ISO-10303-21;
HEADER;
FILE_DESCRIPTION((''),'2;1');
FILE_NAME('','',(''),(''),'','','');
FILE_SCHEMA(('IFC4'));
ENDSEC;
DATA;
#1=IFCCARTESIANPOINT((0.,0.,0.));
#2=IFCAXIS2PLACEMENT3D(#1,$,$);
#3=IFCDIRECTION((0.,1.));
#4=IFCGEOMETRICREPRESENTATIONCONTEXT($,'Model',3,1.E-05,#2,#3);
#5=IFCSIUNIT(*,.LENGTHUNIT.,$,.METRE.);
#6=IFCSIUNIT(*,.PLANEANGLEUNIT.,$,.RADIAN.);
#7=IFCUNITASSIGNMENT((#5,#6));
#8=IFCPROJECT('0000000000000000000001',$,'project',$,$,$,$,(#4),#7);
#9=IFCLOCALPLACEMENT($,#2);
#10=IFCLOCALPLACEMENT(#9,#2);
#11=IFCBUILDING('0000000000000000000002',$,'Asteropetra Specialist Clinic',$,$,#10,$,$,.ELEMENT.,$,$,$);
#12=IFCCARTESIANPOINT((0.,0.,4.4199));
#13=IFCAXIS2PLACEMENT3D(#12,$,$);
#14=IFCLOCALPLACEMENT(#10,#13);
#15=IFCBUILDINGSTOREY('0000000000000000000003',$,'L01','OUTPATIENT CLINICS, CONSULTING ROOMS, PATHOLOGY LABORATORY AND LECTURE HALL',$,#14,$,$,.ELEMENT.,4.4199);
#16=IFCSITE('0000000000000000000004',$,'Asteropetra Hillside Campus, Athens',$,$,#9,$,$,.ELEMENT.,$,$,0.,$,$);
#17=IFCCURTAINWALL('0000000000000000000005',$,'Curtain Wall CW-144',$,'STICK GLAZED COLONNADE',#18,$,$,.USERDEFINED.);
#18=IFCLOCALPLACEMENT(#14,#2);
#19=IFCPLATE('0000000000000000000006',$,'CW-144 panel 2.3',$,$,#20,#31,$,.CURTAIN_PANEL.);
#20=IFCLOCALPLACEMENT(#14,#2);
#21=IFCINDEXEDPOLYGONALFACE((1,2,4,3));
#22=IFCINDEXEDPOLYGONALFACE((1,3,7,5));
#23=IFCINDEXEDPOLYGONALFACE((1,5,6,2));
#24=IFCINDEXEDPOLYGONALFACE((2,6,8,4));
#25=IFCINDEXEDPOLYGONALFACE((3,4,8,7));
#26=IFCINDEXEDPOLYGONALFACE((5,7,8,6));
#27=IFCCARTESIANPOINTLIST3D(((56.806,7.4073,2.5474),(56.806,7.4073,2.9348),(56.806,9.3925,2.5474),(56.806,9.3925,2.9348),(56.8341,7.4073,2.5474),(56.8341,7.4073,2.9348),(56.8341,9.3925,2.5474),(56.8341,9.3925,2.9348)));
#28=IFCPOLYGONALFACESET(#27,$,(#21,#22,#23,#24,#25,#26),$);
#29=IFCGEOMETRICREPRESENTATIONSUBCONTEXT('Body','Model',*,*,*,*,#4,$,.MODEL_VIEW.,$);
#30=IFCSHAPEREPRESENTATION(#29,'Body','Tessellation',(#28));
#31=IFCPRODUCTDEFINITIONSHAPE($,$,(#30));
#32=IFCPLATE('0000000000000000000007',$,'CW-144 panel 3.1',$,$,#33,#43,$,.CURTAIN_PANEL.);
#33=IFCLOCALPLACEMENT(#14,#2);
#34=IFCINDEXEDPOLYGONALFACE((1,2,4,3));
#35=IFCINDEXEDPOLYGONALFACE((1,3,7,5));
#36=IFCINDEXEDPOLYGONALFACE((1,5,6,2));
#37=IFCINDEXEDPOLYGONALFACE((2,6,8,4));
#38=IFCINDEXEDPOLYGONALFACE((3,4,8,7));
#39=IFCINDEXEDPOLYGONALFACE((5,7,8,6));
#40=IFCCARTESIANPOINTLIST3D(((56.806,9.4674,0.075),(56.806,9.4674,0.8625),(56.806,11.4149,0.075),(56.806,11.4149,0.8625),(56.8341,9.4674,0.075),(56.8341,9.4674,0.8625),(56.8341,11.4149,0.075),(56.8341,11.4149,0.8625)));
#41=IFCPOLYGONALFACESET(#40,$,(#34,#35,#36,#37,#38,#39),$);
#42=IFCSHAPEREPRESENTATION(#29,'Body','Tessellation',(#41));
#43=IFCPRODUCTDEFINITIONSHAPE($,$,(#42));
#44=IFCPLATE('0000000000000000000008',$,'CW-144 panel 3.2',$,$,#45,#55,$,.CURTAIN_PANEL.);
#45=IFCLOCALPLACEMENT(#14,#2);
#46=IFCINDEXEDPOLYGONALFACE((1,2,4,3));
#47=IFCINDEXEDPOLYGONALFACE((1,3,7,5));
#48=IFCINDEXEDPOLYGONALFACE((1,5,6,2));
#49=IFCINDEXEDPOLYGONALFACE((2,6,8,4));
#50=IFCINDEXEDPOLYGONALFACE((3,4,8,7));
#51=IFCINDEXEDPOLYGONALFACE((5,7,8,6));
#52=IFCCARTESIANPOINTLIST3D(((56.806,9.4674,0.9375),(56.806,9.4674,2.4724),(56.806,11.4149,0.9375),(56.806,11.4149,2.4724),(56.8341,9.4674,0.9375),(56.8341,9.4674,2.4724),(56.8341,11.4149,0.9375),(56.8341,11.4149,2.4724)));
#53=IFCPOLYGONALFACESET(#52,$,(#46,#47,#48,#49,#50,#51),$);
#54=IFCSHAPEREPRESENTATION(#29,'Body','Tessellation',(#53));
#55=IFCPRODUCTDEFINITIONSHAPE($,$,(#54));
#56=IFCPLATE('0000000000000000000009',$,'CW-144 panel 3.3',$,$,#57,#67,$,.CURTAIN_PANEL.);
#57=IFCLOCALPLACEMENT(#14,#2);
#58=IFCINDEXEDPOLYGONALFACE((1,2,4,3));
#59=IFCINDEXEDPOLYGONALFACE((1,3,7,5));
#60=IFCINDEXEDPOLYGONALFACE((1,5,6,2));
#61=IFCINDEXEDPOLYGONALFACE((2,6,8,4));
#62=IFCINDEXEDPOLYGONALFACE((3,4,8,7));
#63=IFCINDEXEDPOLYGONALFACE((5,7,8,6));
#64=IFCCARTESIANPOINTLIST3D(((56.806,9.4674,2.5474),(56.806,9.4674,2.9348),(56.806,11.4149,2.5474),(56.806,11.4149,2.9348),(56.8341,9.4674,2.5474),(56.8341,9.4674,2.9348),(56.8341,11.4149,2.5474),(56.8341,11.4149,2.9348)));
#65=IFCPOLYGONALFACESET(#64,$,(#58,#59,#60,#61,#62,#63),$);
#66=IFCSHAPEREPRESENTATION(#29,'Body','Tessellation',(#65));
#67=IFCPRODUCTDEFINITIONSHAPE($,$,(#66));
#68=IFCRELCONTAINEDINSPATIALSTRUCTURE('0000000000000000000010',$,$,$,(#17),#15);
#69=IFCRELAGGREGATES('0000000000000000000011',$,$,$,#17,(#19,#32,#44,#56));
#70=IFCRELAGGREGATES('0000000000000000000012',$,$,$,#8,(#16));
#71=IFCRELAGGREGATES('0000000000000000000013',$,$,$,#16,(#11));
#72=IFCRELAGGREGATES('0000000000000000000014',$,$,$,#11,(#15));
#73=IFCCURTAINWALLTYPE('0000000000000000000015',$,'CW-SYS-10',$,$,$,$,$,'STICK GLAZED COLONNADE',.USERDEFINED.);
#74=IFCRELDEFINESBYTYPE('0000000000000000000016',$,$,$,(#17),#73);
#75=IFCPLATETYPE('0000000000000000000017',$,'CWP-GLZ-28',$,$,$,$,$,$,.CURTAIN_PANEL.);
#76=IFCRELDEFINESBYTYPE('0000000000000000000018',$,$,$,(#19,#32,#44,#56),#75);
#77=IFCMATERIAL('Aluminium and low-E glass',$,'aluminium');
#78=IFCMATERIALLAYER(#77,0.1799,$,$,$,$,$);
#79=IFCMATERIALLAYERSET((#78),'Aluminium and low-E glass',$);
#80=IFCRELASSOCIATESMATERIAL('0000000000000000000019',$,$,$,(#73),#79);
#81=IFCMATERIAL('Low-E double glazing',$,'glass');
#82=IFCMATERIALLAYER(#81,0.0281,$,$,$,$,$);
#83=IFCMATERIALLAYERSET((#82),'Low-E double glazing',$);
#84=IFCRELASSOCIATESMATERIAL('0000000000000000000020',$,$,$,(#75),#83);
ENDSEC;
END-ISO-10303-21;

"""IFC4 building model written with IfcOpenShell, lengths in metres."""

from ifc_helpers import new_model, si_unit, direction, frame, origin, origin_2d, place, context, subcontext, project, spatial, rectangle, extrude, material, layer, layer_set, type_object, element, aggregate, save


model = new_model("IFC4")

# Units and contexts
model_context = context("Model", 3, precision=1e-05, world=origin(), true_north=direction((0.0, 1.0)))
body_context = subcontext(model_context, "Body", "Model", "MODEL_VIEW")
ifc_project = project(units=[si_unit("LENGTHUNIT", "METRE"), si_unit("PLANEANGLEUNIT", "RADIAN")], contexts=[model_context])

# Site, building, storey
site_placement = place(None, origin())
site = spatial("IfcSite", under=ifc_project, at=site_placement, Name="Asteropetra Hillside Campus, Athens", CompositionType="ELEMENT", RefElevation=0.0)
building_placement = place(site_placement, origin())
building = spatial("IfcBuilding", under=site, at=building_placement, Name="Asteropetra Specialist Clinic", CompositionType="ELEMENT")
storey_placement = place(building_placement, frame((0.0, 0.0, 4.4199)))
storey = spatial("IfcBuildingStorey", under=building, at=storey_placement, Name="L01", Description="OUTPATIENT CLINICS, CONSULTING ROOMS, PATHOLOGY LABORATORY AND LECTURE HALL", CompositionType="ELEMENT", Elevation=4.4199)

# Shared definitions
ifc_material_1 = material(Name="Aluminium and low-E glass", Category="aluminium")
ifc_layer_1 = layer(ifc_material_1, 0.1799)
ifc_layer_set_1 = layer_set([ifc_layer_1], Name="Aluminium and low-E glass")
curtain_wall_type = type_object("IfcCurtainWallType", Name="CW-SYS-10", ElementType="STICK GLAZED COLONNADE", PredefinedType="USERDEFINED", material=ifc_layer_set_1)

# Curtain wall
curtain_wall_1_placement = place(storey_placement, origin())
curtain_wall_1 = element("IfcCurtainWall", 1, at=curtain_wall_1_placement, inside=storey, type_object=curtain_wall_type, Name="Curtain Wall CW-144", ObjectType="STICK GLAZED COLONNADE", PredefinedType="USERDEFINED")

# Plates
ifc_material_2 = material(Name="Low-E double glazing", Category="glass")
ifc_layer_2 = layer(ifc_material_2, 0.0281)
ifc_layer_set_2 = layer_set([ifc_layer_2], Name="Low-E double glazing")
plate_type = type_object("IfcPlateType", Name="CWP-GLZ-28", PredefinedType="CURTAIN_PANEL", material=ifc_layer_set_2)
plate_1_placement = place(storey_placement, frame((56.8201, 8.3999, 2.5474), z_axis=(0.0, 0.0, 1.0), x_axis=(0.0, 1.0, 0.0)))
plate_1 = element("IfcPlate", 2, at=plate_1_placement, type_object=plate_type, Name="CW-144 panel 2.3", PredefinedType="CURTAIN_PANEL", context=body_context, shape_type="SweptSolid", body=[
    extrude(rectangle(XDim=1.9851, YDim=0.0281, at=origin_2d()), origin(), (0.0, 0.0, 1.0), 0.3875),
])
plate_2_placement = place(storey_placement, frame((56.8201, 10.4412, 0.075), z_axis=(0.0, 0.0, 1.0), x_axis=(0.0, 1.0, 0.0)))
plate_2 = element("IfcPlate", 3, at=plate_2_placement, type_object=plate_type, Name="CW-144 panel 3.1", PredefinedType="CURTAIN_PANEL", context=body_context, shape_type="SweptSolid", body=[
    extrude(rectangle(XDim=1.9475, YDim=0.0281, at=origin_2d()), origin(), (0.0, 0.0, 1.0), 0.7876),
])
plate_3_placement = place(storey_placement, frame((56.8201, 10.4412, 0.9375), z_axis=(0.0, 0.0, 1.0), x_axis=(0.0, 1.0, 0.0)))
plate_3 = element("IfcPlate", 4, at=plate_3_placement, type_object=plate_type, Name="CW-144 panel 3.2", PredefinedType="CURTAIN_PANEL", context=body_context, shape_type="SweptSolid", body=[
    extrude(rectangle(XDim=1.9475, YDim=0.0281, at=origin_2d()), origin(), (0.0, 0.0, 1.0), 1.5349),
])
plate_4_placement = place(storey_placement, frame((56.8201, 10.4412, 2.5474), z_axis=(0.0, 0.0, 1.0), x_axis=(0.0, 1.0, 0.0)))
plate_4 = element("IfcPlate", 5, at=plate_4_placement, type_object=plate_type, Name="CW-144 panel 3.3", PredefinedType="CURTAIN_PANEL", context=body_context, shape_type="SweptSolid", body=[
    extrude(rectangle(XDim=1.9475, YDim=0.0281, at=origin_2d()), origin(), (0.0, 0.0, 1.0), 0.3875),
])
aggregate(curtain_wall_1, [plate_1, plate_2, plate_3, plate_4])

save(model, "model.ifc")
